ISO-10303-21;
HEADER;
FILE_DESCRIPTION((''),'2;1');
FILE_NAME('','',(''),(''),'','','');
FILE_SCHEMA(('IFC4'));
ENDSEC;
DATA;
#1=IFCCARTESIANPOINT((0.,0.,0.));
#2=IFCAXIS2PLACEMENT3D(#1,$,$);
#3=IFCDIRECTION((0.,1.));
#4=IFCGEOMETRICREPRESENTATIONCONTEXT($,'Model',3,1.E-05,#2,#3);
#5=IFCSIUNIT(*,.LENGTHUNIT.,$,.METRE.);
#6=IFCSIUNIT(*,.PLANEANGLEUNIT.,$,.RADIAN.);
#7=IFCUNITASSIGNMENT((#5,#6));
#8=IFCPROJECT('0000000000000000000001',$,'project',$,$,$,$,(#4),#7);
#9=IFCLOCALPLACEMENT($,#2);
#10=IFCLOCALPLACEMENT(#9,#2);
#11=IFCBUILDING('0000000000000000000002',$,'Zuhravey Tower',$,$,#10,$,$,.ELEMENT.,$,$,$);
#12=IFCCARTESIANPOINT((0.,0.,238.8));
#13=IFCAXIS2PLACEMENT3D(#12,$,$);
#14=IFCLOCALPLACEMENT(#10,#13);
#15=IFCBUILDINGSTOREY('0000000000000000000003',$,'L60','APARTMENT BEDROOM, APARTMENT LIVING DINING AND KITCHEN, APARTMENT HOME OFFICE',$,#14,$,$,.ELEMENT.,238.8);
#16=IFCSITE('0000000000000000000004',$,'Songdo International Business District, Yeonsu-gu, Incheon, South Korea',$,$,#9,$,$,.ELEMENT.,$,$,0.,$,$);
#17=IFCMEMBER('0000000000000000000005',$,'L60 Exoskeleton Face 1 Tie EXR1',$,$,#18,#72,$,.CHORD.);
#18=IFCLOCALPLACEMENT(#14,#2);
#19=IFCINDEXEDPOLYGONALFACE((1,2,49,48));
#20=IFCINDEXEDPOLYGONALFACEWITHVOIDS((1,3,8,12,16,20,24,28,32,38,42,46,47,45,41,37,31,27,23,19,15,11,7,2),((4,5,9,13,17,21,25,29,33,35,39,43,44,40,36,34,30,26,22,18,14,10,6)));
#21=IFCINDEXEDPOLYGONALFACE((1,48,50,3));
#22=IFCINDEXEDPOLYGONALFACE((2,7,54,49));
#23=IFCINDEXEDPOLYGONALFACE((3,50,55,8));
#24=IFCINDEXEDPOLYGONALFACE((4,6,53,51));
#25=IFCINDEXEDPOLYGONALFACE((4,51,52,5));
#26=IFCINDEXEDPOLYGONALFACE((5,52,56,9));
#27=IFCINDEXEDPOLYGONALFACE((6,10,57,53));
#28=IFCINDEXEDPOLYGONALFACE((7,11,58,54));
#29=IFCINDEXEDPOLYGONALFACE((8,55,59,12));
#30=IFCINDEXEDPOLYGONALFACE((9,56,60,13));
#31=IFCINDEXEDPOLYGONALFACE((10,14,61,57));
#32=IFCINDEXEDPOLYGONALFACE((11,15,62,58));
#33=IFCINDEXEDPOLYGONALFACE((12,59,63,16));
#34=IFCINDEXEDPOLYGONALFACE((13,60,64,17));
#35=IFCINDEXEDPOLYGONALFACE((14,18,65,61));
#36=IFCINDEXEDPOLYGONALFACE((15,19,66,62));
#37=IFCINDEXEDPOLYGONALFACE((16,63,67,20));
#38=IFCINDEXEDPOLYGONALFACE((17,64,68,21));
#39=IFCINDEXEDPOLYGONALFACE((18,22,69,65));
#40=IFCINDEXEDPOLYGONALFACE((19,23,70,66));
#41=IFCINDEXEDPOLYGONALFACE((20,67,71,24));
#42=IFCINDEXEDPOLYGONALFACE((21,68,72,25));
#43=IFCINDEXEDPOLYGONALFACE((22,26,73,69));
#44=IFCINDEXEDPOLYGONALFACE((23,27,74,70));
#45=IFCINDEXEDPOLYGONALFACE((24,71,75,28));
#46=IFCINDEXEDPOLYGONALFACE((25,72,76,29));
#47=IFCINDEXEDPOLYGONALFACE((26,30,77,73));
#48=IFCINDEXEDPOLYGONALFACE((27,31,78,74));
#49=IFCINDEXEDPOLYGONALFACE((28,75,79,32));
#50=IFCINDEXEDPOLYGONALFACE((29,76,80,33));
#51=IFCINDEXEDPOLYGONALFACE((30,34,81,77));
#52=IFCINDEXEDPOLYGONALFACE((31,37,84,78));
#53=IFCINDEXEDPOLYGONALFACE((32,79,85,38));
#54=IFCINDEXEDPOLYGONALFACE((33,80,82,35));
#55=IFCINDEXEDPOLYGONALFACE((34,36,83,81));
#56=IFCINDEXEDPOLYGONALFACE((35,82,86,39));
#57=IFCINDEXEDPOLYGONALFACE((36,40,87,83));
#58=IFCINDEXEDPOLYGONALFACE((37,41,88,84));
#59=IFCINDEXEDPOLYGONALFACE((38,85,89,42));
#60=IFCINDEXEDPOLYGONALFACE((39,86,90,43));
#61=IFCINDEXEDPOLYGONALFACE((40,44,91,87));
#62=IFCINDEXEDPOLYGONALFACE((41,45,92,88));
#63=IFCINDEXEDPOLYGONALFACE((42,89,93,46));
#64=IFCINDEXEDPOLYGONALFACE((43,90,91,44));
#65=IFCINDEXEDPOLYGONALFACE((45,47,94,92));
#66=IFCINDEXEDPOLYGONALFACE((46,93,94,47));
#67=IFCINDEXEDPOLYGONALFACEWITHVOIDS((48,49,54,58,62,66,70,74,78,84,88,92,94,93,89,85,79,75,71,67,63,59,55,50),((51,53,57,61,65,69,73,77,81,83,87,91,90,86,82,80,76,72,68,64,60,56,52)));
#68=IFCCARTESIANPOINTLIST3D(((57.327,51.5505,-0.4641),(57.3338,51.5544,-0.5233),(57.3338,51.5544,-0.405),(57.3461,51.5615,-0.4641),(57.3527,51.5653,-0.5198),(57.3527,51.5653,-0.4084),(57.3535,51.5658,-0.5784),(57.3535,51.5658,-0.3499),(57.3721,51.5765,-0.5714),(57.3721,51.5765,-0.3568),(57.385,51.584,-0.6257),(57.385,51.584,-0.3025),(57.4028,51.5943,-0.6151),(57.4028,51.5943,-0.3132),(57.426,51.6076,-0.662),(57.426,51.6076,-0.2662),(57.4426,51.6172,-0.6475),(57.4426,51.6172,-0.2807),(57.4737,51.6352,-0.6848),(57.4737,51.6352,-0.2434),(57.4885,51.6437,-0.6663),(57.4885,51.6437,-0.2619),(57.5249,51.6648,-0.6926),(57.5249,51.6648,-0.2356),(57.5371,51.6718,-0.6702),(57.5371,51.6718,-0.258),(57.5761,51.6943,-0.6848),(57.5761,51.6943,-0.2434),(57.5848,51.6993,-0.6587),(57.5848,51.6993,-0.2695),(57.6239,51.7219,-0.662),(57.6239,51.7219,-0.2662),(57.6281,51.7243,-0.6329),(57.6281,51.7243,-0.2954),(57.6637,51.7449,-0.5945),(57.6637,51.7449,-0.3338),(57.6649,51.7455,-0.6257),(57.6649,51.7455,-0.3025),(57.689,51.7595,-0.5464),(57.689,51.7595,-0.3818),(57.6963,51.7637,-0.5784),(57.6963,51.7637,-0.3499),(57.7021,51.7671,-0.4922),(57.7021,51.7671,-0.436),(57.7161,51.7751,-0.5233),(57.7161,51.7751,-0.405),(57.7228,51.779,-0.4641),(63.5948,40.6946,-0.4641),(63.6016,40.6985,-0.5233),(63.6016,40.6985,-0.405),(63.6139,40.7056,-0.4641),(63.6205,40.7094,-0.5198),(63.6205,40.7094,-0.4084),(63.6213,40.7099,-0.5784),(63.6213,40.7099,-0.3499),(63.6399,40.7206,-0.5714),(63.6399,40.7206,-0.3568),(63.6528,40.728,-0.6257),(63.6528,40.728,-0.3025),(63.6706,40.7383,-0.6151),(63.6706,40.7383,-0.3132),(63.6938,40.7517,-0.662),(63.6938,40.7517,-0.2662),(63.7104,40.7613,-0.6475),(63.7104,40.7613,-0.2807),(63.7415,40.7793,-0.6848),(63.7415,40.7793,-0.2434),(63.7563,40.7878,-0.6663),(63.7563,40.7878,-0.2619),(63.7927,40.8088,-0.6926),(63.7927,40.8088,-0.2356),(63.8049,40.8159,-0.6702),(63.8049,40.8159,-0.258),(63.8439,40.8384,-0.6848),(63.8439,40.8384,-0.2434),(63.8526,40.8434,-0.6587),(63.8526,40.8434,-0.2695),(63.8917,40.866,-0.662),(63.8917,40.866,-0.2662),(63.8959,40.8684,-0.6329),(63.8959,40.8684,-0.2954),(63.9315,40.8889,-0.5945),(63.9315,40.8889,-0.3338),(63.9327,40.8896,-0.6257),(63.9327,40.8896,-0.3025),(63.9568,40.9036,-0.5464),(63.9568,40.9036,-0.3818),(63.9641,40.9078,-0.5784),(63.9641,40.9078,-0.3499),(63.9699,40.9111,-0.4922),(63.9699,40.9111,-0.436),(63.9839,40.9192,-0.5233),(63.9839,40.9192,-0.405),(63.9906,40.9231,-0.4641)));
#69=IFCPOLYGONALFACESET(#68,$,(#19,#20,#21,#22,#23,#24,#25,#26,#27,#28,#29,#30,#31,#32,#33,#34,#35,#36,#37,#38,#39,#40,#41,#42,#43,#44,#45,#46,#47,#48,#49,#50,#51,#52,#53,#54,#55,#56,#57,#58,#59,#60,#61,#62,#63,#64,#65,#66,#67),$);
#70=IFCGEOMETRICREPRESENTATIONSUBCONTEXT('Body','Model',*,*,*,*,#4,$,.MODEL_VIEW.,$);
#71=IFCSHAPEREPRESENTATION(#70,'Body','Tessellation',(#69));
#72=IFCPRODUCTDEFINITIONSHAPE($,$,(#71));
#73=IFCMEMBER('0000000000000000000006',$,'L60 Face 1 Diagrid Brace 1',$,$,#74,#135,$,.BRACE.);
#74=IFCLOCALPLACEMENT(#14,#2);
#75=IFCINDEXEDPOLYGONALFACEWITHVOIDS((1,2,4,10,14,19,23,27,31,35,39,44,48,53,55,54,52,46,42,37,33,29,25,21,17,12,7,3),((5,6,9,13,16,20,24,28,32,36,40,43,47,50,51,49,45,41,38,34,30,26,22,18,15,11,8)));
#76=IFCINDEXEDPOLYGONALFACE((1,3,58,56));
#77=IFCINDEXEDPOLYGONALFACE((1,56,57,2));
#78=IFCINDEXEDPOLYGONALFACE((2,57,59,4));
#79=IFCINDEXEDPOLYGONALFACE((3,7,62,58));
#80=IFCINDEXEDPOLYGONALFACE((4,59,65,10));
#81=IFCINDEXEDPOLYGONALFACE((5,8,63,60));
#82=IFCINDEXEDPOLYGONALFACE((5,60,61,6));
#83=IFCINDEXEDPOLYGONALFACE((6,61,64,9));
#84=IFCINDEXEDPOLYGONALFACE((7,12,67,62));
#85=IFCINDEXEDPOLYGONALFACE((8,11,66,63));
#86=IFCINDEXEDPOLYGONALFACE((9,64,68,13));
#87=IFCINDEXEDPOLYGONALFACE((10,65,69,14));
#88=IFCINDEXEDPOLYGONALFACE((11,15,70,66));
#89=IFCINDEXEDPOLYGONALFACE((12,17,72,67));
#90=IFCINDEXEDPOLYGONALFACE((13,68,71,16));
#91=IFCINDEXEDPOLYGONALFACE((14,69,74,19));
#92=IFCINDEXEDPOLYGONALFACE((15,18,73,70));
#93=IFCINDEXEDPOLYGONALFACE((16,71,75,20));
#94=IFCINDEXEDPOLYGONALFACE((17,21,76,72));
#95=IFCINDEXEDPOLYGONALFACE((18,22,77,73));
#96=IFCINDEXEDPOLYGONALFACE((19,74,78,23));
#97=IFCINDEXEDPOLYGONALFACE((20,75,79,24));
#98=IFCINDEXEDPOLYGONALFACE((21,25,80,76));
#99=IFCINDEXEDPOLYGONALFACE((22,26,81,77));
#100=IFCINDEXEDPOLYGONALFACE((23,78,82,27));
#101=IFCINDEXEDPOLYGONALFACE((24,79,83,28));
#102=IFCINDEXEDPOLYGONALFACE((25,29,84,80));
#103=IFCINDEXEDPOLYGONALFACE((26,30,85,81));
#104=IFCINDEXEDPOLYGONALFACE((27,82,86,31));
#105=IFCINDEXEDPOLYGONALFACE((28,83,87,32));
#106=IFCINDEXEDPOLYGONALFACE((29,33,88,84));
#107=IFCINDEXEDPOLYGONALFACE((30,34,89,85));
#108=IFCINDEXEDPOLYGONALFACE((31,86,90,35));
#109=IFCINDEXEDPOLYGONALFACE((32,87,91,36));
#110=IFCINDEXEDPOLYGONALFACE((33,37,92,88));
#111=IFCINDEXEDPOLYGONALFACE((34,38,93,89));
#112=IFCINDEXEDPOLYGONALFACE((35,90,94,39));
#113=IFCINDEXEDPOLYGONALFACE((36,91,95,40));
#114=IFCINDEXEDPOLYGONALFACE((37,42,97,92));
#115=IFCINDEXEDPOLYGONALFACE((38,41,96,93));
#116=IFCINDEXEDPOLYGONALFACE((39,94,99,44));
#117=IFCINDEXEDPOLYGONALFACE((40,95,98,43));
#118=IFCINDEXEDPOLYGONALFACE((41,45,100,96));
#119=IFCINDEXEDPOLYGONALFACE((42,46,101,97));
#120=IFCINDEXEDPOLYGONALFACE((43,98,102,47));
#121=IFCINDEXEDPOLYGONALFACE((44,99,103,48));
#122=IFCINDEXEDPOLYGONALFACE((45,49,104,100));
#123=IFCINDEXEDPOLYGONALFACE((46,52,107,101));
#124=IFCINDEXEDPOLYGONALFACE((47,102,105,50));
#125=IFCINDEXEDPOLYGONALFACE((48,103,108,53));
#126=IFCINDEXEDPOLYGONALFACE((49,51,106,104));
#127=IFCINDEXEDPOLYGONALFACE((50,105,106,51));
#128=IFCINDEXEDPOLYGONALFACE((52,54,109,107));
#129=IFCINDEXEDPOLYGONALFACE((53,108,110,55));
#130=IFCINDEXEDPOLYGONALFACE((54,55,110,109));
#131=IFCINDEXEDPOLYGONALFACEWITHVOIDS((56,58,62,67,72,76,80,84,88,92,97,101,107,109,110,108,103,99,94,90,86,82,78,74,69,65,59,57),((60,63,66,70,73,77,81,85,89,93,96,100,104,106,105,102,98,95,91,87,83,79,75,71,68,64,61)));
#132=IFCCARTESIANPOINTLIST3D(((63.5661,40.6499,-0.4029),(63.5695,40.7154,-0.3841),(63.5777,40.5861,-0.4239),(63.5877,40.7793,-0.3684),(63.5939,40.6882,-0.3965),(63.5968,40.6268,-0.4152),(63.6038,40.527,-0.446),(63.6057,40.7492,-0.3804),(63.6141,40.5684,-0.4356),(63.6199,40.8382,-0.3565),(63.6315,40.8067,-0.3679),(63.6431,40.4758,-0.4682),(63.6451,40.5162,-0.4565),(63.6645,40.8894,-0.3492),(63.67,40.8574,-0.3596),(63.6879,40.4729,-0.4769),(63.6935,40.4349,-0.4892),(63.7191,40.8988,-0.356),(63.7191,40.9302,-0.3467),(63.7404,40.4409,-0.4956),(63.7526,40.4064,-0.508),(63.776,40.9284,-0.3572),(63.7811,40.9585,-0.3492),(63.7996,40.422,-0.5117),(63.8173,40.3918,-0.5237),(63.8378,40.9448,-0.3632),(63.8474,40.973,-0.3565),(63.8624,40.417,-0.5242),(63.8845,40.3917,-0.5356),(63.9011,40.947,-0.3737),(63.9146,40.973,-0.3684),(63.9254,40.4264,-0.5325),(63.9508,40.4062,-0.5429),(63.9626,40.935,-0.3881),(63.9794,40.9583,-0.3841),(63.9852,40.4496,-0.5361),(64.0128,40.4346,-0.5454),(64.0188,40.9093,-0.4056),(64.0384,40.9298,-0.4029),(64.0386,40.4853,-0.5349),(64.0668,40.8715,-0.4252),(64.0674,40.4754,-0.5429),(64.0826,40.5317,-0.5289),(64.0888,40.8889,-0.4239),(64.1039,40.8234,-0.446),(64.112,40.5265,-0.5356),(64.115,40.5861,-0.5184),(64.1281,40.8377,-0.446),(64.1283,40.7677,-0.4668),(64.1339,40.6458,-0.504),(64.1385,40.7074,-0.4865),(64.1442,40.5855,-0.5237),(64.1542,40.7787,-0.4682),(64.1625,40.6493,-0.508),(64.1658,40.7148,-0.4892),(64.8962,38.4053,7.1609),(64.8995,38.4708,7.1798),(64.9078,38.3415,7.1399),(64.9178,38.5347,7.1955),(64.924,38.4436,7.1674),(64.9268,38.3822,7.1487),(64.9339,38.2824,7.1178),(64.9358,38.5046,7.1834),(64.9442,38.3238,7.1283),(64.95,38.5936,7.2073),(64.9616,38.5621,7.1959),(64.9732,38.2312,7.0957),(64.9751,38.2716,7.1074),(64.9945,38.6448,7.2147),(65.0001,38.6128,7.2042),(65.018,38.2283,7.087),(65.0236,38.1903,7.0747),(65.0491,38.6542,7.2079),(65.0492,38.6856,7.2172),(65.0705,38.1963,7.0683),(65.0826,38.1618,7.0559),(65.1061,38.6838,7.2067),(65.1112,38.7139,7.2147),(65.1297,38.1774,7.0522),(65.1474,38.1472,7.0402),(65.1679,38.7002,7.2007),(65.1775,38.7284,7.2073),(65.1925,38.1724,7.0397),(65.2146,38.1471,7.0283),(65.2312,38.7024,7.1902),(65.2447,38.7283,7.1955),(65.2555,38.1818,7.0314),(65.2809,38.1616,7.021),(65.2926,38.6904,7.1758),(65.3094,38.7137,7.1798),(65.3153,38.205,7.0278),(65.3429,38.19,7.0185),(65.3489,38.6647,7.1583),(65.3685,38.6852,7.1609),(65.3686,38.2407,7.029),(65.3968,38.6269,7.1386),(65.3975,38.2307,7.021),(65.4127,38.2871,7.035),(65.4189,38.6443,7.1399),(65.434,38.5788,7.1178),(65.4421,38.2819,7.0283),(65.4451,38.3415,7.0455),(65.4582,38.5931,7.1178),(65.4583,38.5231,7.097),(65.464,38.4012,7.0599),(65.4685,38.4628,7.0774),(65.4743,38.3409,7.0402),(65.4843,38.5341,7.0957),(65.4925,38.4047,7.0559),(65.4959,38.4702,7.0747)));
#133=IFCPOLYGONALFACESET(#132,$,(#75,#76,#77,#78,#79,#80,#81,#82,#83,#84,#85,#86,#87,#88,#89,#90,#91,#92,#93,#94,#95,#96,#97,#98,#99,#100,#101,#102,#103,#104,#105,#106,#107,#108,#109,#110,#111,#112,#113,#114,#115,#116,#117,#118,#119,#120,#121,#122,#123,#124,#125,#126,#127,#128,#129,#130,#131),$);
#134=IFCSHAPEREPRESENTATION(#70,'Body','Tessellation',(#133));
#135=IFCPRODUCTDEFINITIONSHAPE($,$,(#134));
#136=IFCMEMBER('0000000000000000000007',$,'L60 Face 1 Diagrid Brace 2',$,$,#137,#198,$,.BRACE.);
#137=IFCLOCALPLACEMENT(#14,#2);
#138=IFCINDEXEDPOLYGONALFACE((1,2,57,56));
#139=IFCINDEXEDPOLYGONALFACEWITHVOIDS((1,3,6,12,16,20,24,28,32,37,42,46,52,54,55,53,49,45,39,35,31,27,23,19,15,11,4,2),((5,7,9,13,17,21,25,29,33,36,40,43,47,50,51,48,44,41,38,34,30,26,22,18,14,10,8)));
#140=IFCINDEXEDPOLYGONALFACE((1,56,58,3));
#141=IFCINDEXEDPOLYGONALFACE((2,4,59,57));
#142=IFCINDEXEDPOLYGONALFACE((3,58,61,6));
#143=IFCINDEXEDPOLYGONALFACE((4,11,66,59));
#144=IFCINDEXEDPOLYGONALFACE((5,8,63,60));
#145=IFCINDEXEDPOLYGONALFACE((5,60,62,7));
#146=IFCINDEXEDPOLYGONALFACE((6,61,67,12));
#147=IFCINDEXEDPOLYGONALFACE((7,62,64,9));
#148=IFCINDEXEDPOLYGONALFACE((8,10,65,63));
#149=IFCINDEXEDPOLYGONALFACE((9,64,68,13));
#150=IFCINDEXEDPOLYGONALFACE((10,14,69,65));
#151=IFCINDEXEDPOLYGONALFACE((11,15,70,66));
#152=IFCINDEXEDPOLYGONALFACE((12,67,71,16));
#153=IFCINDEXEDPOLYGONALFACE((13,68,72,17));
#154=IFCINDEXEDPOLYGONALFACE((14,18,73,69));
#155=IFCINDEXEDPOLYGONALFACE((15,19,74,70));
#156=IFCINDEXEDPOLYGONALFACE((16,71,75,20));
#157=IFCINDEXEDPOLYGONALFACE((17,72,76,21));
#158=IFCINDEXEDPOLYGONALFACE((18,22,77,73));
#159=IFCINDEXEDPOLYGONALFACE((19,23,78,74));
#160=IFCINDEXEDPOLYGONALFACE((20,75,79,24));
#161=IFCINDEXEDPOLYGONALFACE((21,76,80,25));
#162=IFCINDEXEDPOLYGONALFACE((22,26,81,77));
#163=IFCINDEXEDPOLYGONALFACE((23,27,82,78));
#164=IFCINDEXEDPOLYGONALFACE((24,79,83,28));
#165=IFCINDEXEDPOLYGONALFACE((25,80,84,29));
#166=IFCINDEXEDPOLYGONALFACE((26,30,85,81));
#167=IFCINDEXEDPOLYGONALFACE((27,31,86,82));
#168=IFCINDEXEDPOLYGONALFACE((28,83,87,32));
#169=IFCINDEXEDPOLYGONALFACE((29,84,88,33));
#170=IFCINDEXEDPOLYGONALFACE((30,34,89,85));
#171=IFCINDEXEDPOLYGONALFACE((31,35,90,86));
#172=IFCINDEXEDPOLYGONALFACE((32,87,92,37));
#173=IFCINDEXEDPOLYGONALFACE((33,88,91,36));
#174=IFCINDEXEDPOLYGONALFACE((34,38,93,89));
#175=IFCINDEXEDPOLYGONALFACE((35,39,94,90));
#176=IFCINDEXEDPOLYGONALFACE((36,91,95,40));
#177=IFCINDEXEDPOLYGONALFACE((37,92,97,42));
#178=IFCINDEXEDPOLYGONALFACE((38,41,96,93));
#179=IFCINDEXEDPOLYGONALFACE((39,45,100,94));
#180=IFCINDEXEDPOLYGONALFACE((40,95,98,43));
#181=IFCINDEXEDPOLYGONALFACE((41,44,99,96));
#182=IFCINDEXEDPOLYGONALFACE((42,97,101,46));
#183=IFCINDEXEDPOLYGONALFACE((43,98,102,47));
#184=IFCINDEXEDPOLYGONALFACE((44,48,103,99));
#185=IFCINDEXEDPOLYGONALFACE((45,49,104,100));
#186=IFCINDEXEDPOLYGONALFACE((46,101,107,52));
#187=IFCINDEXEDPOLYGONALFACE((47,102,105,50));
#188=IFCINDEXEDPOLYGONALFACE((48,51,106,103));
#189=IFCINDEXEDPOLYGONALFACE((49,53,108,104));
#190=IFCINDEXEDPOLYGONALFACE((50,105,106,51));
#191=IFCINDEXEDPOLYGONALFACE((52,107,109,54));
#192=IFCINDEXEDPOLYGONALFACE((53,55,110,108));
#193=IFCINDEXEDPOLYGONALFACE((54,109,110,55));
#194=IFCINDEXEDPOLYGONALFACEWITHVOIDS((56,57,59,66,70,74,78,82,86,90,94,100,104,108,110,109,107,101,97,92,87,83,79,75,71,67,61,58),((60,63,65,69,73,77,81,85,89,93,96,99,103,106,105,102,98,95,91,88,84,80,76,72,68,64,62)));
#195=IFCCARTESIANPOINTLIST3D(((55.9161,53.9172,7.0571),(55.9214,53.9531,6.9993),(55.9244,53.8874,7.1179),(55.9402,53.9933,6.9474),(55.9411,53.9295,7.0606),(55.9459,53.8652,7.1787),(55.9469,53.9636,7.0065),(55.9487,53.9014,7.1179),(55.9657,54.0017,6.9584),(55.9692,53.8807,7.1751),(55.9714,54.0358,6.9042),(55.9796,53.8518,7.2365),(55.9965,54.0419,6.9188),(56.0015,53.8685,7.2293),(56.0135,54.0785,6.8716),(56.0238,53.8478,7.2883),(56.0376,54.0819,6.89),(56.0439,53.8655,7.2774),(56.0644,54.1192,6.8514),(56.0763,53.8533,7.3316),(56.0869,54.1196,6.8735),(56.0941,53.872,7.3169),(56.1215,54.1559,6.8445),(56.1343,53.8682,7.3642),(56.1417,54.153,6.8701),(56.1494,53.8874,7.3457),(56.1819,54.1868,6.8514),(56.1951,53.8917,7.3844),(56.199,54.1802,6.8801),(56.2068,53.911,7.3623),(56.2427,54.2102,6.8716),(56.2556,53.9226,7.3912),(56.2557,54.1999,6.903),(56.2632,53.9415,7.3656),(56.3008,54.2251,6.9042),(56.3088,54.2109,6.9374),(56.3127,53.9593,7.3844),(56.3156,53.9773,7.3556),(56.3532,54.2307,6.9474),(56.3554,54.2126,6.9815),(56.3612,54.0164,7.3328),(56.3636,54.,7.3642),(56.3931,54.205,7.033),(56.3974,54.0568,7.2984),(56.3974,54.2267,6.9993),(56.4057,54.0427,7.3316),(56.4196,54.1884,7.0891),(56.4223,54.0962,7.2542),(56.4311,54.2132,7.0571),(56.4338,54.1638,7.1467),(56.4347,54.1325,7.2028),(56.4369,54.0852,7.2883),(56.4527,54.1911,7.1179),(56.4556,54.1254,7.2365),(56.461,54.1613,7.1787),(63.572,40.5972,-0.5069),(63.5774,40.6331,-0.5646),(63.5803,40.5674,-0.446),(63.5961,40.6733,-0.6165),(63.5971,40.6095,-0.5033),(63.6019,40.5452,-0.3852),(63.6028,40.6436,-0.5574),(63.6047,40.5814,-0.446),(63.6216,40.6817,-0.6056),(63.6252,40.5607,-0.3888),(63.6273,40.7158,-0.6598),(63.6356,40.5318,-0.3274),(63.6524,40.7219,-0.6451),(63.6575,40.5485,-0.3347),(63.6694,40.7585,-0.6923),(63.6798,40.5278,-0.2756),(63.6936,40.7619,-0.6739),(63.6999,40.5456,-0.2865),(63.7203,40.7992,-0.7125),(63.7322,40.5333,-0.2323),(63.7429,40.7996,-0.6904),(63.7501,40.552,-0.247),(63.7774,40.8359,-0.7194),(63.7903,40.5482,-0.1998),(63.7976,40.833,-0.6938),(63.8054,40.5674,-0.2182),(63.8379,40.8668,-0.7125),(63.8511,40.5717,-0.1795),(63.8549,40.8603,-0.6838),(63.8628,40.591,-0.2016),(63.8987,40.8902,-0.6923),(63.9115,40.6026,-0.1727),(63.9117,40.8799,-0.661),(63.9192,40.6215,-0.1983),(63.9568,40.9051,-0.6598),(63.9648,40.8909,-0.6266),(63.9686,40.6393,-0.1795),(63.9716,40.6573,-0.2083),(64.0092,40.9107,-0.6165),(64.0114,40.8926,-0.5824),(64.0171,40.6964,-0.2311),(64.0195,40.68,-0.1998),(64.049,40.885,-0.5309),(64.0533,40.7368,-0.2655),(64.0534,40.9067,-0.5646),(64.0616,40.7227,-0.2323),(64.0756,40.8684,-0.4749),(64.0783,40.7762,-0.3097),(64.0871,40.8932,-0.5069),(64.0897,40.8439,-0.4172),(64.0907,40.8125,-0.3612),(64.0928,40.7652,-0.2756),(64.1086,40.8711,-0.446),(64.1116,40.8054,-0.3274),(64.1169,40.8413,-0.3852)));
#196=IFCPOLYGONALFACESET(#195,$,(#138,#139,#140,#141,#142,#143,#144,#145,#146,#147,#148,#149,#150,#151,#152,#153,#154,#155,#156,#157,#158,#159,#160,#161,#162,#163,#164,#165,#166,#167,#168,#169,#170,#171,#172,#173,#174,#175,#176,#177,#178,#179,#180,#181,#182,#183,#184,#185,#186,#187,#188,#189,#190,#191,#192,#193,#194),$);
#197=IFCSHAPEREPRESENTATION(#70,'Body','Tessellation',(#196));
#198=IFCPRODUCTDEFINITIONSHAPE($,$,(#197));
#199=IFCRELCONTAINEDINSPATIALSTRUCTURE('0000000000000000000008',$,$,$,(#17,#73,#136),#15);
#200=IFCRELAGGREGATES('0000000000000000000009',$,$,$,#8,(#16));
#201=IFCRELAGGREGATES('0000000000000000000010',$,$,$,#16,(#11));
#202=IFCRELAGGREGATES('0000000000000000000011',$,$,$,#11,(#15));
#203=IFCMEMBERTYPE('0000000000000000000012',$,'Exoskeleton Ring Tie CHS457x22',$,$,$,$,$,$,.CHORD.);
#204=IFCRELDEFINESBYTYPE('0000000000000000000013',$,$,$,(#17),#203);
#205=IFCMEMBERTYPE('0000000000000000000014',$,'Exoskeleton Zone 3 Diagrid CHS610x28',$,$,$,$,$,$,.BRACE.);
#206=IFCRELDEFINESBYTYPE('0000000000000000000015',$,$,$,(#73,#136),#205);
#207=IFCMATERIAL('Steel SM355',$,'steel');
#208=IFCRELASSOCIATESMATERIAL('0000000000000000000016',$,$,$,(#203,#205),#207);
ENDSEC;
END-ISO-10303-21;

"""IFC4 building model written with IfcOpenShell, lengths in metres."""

from ifc_helpers import new_model, si_unit, direction, frame, origin, origin_2d, place, context, subcontext, project, spatial, hollow_circle, extrude, material, material_profile, profile_set, type_object, element, save


model = new_model("IFC4")

# Units and contexts
model_context = context("Model", 3, precision=1e-05, world=origin(), true_north=direction((0.0, 1.0)))
body_context = subcontext(model_context, "Body", "Model", "MODEL_VIEW")
ifc_project = project(units=[si_unit("LENGTHUNIT", "METRE"), si_unit("PLANEANGLEUNIT", "RADIAN")], contexts=[model_context])

# Site, building, storey
site_placement = place(None, origin())
site = spatial("IfcSite", under=ifc_project, at=site_placement, Name="Songdo International Business District, Yeonsu-gu, Incheon, South Korea", CompositionType="ELEMENT", RefElevation=0.0)
building_placement = place(site_placement, origin())
building = spatial("IfcBuilding", under=site, at=building_placement, Name="Zuhravey Tower", CompositionType="ELEMENT")
storey_placement = place(building_placement, frame((0.0, 0.0, 238.8)))
storey = spatial("IfcBuildingStorey", under=building, at=storey_placement, Name="L60", Description="APARTMENT BEDROOM, APARTMENT LIVING DINING AND KITCHEN, APARTMENT HOME OFFICE", CompositionType="ELEMENT", Elevation=238.8)

# Members
ifc_material_1 = material(Name="Steel SM355", Category="steel")
ifc_material_profile_1 = material_profile(ifc_material_1, hollow_circle(Radius=0.2285, WallThickness=0.022, at=origin_2d()), Name="CHS-457.2x22")
ifc_profile_set_1 = profile_set([ifc_material_profile_1], Name="Steel SM355")
member_type_1 = type_object("IfcMemberType", Name="Exoskeleton Ring Tie CHS457x22", PredefinedType="CHORD", material=ifc_profile_set_1)
member_1_placement = place(storey_placement, frame((63.7927, 40.8088, -0.4641), z_axis=(-0.500008, 0.866021, 0.0), x_axis=(-0.866021, -0.500008, 0.0)))
element("IfcMember", 1, at=member_1_placement, inside=storey, type_object=member_type_1, Name="L60 Exoskeleton Face 1 Tie EXR1", PredefinedType="CHORD", context=body_context, shape_type="SweptSolid", body=[
    extrude(hollow_circle(Radius=0.2285, WallThickness=0.022, at=origin_2d()), origin(), (0.0, 0.0, 1.0), 12.5354),
])
ifc_material_profile_2 = material_profile(ifc_material_1, hollow_circle(Radius=0.3047, WallThickness=0.0281, at=origin_2d()), Name="CHS-609.6x28")
ifc_profile_set_2 = profile_set([ifc_material_profile_2], Name="Steel SM355")
member_type_2 = type_object("IfcMemberType", Name="Exoskeleton Zone 3 Diagrid CHS610x28", PredefinedType="BRACE", material=ifc_profile_set_2)
member_2_placement = place(storey_placement, frame((63.866, 40.6824, -0.446), z_axis=(0.166232, -0.280533, 0.94534), x_axis=(0.860304, 0.509782, 0.0)))
element("IfcMember", 2, at=member_2_placement, inside=storey, type_object=member_type_2, Name="L60 Face 1 Diagrid Brace 1", PredefinedType="BRACE", context=body_context, shape_type="SweptSolid", body=[
    extrude(hollow_circle(Radius=0.3047, WallThickness=0.0281, at=origin_2d()), origin(), (0.0, 0.0, 1.0), 8.0012),
])
member_3_placement = place(storey_placement, frame((63.8445, 40.7192, -0.446), z_axis=(-0.447076, 0.777832, 0.441701), x_axis=(-0.866992, -0.498323, 0.0)))
element("IfcMember", 3, at=member_3_placement, inside=storey, type_object=member_type_2, Name="L60 Face 1 Diagrid Brace 2", PredefinedType="BRACE", context=body_context, shape_type="SweptSolid", body=[
    extrude(hollow_circle(Radius=0.3047, WallThickness=0.0281, at=origin_2d()), origin(), (0.0, 0.0, 1.0), 17.1245),
])

save(model, "model.ifc")
